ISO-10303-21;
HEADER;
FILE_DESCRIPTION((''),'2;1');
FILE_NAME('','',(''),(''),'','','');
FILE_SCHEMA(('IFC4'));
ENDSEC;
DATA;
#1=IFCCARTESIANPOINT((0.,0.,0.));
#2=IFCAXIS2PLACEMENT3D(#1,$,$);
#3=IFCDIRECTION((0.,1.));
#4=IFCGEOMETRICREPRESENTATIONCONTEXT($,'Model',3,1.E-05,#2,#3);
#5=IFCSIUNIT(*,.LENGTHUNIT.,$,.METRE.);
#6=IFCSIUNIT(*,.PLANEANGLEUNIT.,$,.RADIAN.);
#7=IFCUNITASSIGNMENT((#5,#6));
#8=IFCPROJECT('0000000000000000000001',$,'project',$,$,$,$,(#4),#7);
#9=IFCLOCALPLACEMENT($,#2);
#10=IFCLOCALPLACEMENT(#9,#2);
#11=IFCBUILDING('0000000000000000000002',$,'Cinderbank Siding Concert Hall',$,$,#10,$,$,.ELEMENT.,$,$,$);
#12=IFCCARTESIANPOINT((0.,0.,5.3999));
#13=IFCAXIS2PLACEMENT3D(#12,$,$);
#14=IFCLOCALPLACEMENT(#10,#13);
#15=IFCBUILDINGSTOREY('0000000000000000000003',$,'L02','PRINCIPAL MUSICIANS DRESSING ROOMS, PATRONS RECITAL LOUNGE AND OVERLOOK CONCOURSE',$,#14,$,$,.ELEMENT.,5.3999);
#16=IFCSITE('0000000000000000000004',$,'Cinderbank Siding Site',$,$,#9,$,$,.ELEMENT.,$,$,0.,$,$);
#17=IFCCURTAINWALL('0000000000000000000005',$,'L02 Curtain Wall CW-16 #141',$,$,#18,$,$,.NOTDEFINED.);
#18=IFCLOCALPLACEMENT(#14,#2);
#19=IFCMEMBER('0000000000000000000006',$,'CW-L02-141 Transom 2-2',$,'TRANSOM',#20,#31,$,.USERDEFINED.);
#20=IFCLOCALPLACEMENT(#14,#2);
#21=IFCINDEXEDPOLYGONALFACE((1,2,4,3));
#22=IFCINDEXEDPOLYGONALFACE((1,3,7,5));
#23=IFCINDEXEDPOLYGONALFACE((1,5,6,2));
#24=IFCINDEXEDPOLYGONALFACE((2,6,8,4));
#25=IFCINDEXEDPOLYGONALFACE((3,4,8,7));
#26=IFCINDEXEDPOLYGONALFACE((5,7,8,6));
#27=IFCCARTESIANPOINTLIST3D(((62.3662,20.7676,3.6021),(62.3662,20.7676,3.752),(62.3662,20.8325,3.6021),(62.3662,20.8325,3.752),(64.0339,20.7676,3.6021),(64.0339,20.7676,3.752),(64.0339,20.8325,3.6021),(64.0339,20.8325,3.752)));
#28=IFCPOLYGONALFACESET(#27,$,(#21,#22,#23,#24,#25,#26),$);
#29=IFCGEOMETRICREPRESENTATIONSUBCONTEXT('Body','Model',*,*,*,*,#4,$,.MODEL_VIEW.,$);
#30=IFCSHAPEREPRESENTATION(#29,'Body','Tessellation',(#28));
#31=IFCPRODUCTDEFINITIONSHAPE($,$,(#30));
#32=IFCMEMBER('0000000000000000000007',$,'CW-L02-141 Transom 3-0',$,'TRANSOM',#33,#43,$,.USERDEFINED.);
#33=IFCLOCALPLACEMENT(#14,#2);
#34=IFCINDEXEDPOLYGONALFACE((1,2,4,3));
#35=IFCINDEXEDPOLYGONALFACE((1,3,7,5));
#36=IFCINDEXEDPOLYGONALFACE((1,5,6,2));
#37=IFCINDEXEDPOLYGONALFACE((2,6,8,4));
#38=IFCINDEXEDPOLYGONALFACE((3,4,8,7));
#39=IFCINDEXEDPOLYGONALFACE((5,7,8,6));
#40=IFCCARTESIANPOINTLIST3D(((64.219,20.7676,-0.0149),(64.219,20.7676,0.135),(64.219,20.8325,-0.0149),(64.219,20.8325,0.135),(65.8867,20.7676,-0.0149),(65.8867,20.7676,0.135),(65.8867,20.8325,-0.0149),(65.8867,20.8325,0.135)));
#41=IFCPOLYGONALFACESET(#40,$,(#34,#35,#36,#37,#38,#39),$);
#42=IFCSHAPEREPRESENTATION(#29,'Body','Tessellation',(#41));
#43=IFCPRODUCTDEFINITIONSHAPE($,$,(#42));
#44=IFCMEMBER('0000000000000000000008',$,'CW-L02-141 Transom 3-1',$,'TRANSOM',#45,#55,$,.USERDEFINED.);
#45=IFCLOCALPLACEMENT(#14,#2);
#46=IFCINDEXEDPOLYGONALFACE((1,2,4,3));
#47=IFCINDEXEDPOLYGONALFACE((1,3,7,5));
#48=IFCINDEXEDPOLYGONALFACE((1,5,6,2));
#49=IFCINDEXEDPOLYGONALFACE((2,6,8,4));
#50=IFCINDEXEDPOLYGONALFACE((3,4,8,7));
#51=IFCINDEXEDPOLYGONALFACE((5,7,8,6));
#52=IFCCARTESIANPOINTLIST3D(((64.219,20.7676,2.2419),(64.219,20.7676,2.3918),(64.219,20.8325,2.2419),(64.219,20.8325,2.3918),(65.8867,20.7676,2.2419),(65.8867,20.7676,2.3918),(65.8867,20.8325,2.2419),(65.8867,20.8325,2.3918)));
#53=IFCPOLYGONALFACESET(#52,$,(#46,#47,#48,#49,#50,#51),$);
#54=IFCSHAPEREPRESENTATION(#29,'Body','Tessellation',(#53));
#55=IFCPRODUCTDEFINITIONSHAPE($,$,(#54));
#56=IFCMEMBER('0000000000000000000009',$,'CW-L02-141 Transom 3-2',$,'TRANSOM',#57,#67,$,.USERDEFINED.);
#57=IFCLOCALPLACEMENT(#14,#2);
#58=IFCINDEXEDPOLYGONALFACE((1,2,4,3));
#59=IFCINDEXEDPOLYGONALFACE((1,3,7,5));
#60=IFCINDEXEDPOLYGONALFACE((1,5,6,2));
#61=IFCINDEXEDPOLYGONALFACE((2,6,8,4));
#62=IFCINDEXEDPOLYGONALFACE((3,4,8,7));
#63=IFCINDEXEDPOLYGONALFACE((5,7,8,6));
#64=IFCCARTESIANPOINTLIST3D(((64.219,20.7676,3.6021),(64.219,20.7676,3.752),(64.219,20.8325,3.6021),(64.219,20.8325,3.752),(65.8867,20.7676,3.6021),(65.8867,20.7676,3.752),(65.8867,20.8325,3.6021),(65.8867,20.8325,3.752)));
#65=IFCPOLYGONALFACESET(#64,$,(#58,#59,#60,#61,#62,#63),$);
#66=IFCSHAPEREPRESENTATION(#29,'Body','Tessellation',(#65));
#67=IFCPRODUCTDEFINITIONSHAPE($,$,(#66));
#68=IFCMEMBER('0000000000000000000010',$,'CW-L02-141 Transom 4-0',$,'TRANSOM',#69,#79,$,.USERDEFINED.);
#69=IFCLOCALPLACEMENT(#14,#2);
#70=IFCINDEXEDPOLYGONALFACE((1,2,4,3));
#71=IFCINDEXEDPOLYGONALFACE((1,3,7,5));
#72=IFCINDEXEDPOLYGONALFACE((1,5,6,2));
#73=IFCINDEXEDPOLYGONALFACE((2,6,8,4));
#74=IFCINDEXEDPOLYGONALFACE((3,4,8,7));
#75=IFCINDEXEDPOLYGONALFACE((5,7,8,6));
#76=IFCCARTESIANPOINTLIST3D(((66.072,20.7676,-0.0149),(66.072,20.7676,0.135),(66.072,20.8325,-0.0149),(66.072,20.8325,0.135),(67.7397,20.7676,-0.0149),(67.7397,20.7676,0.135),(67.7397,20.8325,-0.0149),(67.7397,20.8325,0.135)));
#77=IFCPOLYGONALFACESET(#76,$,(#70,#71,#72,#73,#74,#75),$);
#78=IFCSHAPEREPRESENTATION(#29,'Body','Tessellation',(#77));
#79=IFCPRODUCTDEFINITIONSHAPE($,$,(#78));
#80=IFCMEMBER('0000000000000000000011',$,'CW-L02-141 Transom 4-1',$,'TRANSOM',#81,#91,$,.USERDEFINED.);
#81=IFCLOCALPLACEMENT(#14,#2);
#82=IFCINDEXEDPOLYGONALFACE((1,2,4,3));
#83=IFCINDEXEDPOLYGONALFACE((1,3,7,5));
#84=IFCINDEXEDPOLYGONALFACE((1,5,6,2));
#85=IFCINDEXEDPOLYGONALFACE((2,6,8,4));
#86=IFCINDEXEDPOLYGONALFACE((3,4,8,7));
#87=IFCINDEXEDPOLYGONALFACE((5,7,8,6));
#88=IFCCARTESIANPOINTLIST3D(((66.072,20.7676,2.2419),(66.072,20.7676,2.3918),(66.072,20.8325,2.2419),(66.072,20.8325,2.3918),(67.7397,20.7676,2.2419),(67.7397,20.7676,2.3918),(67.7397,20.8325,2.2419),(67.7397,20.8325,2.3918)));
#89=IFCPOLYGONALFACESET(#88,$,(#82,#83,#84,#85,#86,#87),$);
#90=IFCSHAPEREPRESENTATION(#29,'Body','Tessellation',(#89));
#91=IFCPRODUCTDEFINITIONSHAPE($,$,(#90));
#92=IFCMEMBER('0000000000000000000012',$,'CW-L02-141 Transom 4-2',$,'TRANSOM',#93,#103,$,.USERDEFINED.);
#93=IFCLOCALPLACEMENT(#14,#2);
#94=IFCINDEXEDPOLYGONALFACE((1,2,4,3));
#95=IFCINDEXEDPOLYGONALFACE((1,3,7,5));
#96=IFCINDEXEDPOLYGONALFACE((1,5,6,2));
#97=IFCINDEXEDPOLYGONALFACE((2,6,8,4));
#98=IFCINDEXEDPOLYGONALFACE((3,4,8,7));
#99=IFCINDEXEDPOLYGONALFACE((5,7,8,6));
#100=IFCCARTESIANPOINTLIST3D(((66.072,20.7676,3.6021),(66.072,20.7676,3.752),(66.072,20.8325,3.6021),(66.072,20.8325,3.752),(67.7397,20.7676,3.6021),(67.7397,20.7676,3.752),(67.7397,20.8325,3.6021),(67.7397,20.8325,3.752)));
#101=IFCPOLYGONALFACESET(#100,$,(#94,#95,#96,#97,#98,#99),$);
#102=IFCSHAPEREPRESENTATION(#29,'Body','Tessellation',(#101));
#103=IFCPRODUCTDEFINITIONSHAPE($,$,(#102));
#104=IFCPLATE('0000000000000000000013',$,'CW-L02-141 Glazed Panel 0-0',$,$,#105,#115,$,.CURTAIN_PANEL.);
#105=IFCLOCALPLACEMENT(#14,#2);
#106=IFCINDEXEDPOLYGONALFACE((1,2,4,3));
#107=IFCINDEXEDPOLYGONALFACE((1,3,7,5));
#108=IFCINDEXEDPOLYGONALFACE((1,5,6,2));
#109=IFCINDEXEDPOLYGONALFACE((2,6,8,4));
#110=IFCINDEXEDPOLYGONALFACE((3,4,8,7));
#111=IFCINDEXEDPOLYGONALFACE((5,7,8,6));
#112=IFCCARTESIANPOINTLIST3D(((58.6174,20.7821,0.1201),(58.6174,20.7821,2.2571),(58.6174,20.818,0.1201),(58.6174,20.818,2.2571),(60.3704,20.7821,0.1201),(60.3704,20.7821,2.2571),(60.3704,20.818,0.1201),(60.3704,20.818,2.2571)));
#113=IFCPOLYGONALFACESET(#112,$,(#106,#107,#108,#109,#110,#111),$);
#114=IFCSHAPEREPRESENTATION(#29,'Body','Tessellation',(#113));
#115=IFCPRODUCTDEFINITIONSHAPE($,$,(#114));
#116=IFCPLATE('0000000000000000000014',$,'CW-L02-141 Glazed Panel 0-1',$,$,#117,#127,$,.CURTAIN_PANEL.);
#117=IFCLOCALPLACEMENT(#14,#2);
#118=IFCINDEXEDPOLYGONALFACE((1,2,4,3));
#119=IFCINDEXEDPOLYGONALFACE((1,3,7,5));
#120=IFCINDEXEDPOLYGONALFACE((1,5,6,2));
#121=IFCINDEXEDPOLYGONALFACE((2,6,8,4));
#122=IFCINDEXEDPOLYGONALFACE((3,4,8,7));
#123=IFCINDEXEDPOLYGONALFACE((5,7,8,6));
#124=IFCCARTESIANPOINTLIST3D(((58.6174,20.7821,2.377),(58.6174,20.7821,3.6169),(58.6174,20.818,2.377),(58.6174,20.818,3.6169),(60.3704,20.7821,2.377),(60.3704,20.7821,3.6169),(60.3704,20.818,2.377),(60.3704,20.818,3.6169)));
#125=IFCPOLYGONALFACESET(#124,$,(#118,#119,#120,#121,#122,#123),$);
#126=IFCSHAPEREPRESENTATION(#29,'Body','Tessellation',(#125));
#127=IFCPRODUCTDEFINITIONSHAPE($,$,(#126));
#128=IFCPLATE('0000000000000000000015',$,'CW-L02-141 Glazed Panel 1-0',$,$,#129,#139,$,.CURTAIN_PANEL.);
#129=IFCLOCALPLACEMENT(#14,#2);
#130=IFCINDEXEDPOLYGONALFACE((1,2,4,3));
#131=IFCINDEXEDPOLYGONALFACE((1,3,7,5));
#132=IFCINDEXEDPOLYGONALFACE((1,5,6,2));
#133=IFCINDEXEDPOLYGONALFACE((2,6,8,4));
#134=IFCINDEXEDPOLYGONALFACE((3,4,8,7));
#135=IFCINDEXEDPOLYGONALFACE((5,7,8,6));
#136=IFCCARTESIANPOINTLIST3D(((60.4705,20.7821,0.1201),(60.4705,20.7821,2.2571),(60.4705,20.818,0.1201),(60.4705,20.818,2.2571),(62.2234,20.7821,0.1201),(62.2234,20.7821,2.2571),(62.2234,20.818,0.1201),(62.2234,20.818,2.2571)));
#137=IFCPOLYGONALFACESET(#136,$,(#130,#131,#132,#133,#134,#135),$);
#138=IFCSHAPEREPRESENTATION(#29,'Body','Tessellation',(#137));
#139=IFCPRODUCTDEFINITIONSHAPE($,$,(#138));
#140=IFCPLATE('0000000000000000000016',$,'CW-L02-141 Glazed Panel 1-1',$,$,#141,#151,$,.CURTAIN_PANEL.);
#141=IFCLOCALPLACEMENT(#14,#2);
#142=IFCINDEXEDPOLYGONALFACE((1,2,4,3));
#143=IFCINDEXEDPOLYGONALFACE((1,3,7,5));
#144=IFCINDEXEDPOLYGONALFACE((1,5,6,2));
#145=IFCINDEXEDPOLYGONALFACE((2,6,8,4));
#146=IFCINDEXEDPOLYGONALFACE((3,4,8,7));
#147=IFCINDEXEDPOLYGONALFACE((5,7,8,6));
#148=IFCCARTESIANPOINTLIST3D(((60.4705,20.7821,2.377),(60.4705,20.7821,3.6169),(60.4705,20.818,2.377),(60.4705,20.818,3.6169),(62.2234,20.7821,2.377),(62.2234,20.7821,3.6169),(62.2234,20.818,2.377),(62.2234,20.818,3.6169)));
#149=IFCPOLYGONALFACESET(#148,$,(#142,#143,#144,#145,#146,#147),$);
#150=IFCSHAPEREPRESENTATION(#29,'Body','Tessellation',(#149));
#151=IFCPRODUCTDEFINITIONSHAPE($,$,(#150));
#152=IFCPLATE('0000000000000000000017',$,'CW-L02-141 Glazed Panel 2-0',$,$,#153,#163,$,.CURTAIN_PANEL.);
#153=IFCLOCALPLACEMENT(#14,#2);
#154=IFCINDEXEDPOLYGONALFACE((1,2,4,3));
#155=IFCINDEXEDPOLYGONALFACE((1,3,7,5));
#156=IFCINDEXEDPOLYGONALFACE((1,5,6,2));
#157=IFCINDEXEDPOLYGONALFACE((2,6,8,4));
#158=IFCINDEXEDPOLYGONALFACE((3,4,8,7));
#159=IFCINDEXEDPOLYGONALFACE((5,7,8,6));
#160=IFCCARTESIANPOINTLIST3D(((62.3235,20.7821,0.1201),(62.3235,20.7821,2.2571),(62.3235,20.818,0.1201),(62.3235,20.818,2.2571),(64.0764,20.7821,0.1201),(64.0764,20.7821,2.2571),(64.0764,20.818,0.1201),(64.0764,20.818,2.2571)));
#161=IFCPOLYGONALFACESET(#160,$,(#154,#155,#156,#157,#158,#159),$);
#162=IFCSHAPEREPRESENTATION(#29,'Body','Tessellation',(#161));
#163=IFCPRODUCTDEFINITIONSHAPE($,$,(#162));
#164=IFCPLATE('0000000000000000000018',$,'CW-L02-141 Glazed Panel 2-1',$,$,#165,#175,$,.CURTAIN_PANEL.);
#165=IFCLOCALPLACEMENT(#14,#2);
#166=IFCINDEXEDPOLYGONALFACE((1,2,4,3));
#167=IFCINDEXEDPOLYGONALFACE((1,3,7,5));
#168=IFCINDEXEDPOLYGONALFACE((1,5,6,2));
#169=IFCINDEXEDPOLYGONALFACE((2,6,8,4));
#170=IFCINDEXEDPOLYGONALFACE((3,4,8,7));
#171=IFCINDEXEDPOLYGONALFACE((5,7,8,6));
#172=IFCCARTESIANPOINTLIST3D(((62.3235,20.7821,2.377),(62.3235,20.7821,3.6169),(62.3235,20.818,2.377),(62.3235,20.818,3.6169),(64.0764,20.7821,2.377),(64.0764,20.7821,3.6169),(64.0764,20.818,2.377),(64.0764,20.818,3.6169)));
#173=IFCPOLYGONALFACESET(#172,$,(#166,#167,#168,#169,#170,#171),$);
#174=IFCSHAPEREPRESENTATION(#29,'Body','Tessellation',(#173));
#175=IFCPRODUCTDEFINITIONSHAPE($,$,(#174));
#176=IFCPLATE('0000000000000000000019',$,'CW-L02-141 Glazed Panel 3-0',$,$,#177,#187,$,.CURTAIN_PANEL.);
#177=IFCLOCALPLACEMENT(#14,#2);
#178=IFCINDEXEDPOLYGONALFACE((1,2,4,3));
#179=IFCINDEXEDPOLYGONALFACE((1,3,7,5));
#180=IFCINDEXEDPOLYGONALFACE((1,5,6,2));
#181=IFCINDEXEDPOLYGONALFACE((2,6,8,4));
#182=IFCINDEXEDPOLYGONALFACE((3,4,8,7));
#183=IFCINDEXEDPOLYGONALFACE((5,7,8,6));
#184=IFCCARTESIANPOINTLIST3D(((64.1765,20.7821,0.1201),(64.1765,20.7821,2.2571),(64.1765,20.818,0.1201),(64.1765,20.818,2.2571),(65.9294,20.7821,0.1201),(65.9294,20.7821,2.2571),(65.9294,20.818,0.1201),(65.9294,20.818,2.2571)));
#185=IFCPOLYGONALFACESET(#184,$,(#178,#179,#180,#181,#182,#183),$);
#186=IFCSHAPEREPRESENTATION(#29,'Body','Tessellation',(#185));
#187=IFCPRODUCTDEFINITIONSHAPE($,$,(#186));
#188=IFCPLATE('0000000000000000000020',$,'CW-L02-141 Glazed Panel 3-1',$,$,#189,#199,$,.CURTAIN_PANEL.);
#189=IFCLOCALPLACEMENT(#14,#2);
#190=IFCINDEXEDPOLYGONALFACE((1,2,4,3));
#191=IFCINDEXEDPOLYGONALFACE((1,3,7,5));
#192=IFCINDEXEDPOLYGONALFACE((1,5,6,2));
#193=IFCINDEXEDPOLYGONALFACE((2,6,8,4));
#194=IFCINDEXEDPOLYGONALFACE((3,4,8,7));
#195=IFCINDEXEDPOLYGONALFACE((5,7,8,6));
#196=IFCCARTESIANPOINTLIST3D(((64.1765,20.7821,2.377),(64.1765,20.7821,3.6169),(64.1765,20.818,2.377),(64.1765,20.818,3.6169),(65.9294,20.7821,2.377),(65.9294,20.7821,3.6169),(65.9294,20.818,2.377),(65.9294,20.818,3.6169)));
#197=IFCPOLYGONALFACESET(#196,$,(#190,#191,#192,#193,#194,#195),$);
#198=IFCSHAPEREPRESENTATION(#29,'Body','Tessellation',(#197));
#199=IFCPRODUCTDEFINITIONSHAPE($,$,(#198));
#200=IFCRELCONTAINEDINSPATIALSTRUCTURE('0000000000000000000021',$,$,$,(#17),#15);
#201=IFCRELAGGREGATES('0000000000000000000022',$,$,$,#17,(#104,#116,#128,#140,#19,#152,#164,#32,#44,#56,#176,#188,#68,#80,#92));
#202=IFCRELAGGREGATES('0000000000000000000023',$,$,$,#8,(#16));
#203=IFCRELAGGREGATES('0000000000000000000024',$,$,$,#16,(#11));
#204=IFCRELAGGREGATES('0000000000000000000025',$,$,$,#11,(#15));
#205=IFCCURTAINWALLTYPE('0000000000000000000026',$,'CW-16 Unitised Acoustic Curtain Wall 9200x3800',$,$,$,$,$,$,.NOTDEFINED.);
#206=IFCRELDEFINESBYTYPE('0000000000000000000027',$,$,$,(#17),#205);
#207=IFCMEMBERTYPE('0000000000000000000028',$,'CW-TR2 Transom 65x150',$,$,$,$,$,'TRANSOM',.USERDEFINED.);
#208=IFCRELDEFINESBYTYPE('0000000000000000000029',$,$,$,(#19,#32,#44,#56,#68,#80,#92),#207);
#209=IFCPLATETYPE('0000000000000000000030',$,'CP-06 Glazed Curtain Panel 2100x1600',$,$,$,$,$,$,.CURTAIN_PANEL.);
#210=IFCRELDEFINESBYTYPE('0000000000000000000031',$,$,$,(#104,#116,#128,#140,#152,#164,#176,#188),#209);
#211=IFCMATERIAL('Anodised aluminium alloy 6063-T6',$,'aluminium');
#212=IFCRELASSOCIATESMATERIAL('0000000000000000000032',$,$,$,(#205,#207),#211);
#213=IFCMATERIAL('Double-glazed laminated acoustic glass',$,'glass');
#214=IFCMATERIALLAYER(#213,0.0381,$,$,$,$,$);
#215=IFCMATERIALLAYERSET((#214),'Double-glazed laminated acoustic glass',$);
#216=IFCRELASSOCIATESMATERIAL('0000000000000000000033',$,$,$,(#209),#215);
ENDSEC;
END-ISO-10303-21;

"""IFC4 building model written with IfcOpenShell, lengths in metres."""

from ifc_helpers import new_model, si_unit, direction, frame, origin, origin_2d, place, context, subcontext, project, spatial, rectangle, extrude, material, layer, layer_set, material_profile, profile_set, type_object, element, aggregate, save


model = new_model("IFC4")

# Units and contexts
model_context = context("Model", 3, precision=1e-05, world=origin(), true_north=direction((0.0, 1.0)))
body_context = subcontext(model_context, "Body", "Model", "MODEL_VIEW")
ifc_project = project(units=[si_unit("LENGTHUNIT", "METRE"), si_unit("PLANEANGLEUNIT", "RADIAN")], contexts=[model_context])

# Site, building, storey
site_placement = place(None, origin())
site = spatial("IfcSite", under=ifc_project, at=site_placement, Name="Cinderbank Siding Site", CompositionType="ELEMENT", RefElevation=0.0)
building_placement = place(site_placement, origin())
building = spatial("IfcBuilding", under=site, at=building_placement, Name="Cinderbank Siding Concert Hall", CompositionType="ELEMENT")
storey_placement = place(building_placement, frame((0.0, 0.0, 5.3999)))
storey = spatial("IfcBuildingStorey", under=building, at=storey_placement, Name="L02", Description="PRINCIPAL MUSICIANS DRESSING ROOMS, PATRONS RECITAL LOUNGE AND OVERLOOK CONCOURSE", CompositionType="ELEMENT", Elevation=5.3999)

# Curtain wall, members, plates
ifc_material_1 = material(Name="Anodised aluminium alloy 6063-T6", Category="aluminium")
curtain_wall_type = type_object("IfcCurtainWallType", Name="CW-16 Unitised Acoustic Curtain Wall 9200x3800", PredefinedType="NOTDEFINED", material=ifc_material_1)
curtain_wall_placement = place(storey_placement, origin())
curtain_wall = element("IfcCurtainWall", 1, at=curtain_wall_placement, inside=storey, type_object=curtain_wall_type, Name="L02 Curtain Wall CW-16 #141", PredefinedType="NOTDEFINED")
ifc_material_profile_1 = material_profile(ifc_material_1, rectangle(XDim=0.0649, YDim=0.1499, at=origin_2d()), Name="ALU-TRAN-65x150", Category="LoadBearing")
ifc_profile_set_1 = profile_set([ifc_material_profile_1], Name="Anodised aluminium alloy 6063-T6")
member_type_1 = type_object("IfcMemberType", Name="CW-TR2 Transom 65x150", ElementType="TRANSOM", PredefinedType="USERDEFINED", material=ifc_profile_set_1)
member_1_placement = place(storey_placement, frame((62.3662, 20.8, 3.677), z_axis=(1.0, 0.0, 0.0), x_axis=(0.0, 1.0, 0.0)))
member_1 = element("IfcMember", 2, at=member_1_placement, type_object=member_type_1, Name="CW-L02-141 Transom 2-2", ObjectType="TRANSOM", PredefinedType="USERDEFINED", context=body_context, shape_type="SweptSolid", body=[
    extrude(rectangle(XDim=0.0649, YDim=0.1499, at=origin_2d()), origin(), (0.0, 0.0, 1.0), 1.6677),
])
member_2_placement = place(storey_placement, frame((64.219, 20.8, 0.0601), z_axis=(1.0, 0.0, 0.0), x_axis=(0.0, 1.0, 0.0)))
member_2 = element("IfcMember", 3, at=member_2_placement, type_object=member_type_1, Name="CW-L02-141 Transom 3-0", ObjectType="TRANSOM", PredefinedType="USERDEFINED", context=body_context, shape_type="SweptSolid", body=[
    extrude(rectangle(XDim=0.0649, YDim=0.1499, at=origin_2d()), origin(), (0.0, 0.0, 1.0), 1.6677),
])
member_3_placement = place(storey_placement, frame((64.219, 20.8, 2.3169), z_axis=(1.0, 0.0, 0.0), x_axis=(0.0, 1.0, 0.0)))
member_3 = element("IfcMember", 4, at=member_3_placement, type_object=member_type_1, Name="CW-L02-141 Transom 3-1", ObjectType="TRANSOM", PredefinedType="USERDEFINED", context=body_context, shape_type="SweptSolid", body=[
    extrude(rectangle(XDim=0.0649, YDim=0.1499, at=origin_2d()), origin(), (0.0, 0.0, 1.0), 1.6677),
])
member_4_placement = place(storey_placement, frame((64.219, 20.8, 3.677), z_axis=(1.0, 0.0, 0.0), x_axis=(0.0, 1.0, 0.0)))
member_4 = element("IfcMember", 5, at=member_4_placement, type_object=member_type_1, Name="CW-L02-141 Transom 3-2", ObjectType="TRANSOM", PredefinedType="USERDEFINED", context=body_context, shape_type="SweptSolid", body=[
    extrude(rectangle(XDim=0.0649, YDim=0.1499, at=origin_2d()), origin(), (0.0, 0.0, 1.0), 1.6677),
])
member_5_placement = place(storey_placement, frame((66.072, 20.8, 0.0601), z_axis=(1.0, 0.0, 0.0), x_axis=(0.0, 1.0, 0.0)))
member_5 = element("IfcMember", 6, at=member_5_placement, type_object=member_type_1, Name="CW-L02-141 Transom 4-0", ObjectType="TRANSOM", PredefinedType="USERDEFINED", context=body_context, shape_type="SweptSolid", body=[
    extrude(rectangle(XDim=0.0649, YDim=0.1499, at=origin_2d()), origin(), (0.0, 0.0, 1.0), 1.6677),
])
member_6_placement = place(storey_placement, frame((66.072, 20.8, 2.3169), z_axis=(1.0, 0.0, 0.0), x_axis=(0.0, 1.0, 0.0)))
member_6 = element("IfcMember", 7, at=member_6_placement, type_object=member_type_1, Name="CW-L02-141 Transom 4-1", ObjectType="TRANSOM", PredefinedType="USERDEFINED", context=body_context, shape_type="SweptSolid", body=[
    extrude(rectangle(XDim=0.0649, YDim=0.1499, at=origin_2d()), origin(), (0.0, 0.0, 1.0), 1.6677),
])
member_7_placement = place(storey_placement, frame((66.072, 20.8, 3.677), z_axis=(1.0, 0.0, 0.0), x_axis=(0.0, 1.0, 0.0)))
member_7 = element("IfcMember", 8, at=member_7_placement, type_object=member_type_1, Name="CW-L02-141 Transom 4-2", ObjectType="TRANSOM", PredefinedType="USERDEFINED", context=body_context, shape_type="SweptSolid", body=[
    extrude(rectangle(XDim=0.0649, YDim=0.1499, at=origin_2d()), origin(), (0.0, 0.0, 1.0), 1.6677),
])
ifc_material_2 = material(Name="Double-glazed laminated acoustic glass", Category="glass")
ifc_layer_1 = layer(ifc_material_2, 0.0381)
ifc_layer_set_1 = layer_set([ifc_layer_1], Name="Double-glazed laminated acoustic glass")
plate_type = type_object("IfcPlateType", Name="CP-06 Glazed Curtain Panel 2100x1600", PredefinedType="CURTAIN_PANEL", material=ifc_layer_set_1)
plate_1_placement = place(storey_placement, frame((59.4939, 20.8, 0.1201), z_axis=(0.0, 0.0, 1.0), x_axis=(1.0, 0.0, 0.0)))
plate_1 = element("IfcPlate", 9, at=plate_1_placement, type_object=plate_type, Name="CW-L02-141 Glazed Panel 0-0", PredefinedType="CURTAIN_PANEL", context=body_context, shape_type="SweptSolid", body=[
    extrude(rectangle(XDim=1.7529, YDim=0.0359, at=origin_2d()), origin(), (0.0, 0.0, 1.0), 2.137),
])
plate_2_placement = place(storey_placement, frame((59.4939, 20.8, 2.377), z_axis=(0.0, 0.0, 1.0), x_axis=(1.0, 0.0, 0.0)))
plate_2 = element("IfcPlate", 10, at=plate_2_placement, type_object=plate_type, Name="CW-L02-141 Glazed Panel 0-1", PredefinedType="CURTAIN_PANEL", context=body_context, shape_type="SweptSolid", body=[
    extrude(rectangle(XDim=1.7529, YDim=0.0359, at=origin_2d()), origin(), (0.0, 0.0, 1.0), 1.24),
])
plate_3_placement = place(storey_placement, frame((61.3469, 20.8, 0.1201), z_axis=(0.0, 0.0, 1.0), x_axis=(1.0, 0.0, 0.0)))
plate_3 = element("IfcPlate", 11, at=plate_3_placement, type_object=plate_type, Name="CW-L02-141 Glazed Panel 1-0", PredefinedType="CURTAIN_PANEL", context=body_context, shape_type="SweptSolid", body=[
    extrude(rectangle(XDim=1.7529, YDim=0.0359, at=origin_2d()), origin(), (0.0, 0.0, 1.0), 2.137),
])
plate_4_placement = place(storey_placement, frame((61.3469, 20.8, 2.377), z_axis=(0.0, 0.0, 1.0), x_axis=(1.0, 0.0, 0.0)))
plate_4 = element("IfcPlate", 12, at=plate_4_placement, type_object=plate_type, Name="CW-L02-141 Glazed Panel 1-1", PredefinedType="CURTAIN_PANEL", context=body_context, shape_type="SweptSolid", body=[
    extrude(rectangle(XDim=1.7529, YDim=0.0359, at=origin_2d()), origin(), (0.0, 0.0, 1.0), 1.24),
])
plate_5_placement = place(storey_placement, frame((63.2, 20.8, 0.1201), z_axis=(0.0, 0.0, 1.0), x_axis=(1.0, 0.0, 0.0)))
plate_5 = element("IfcPlate", 13, at=plate_5_placement, type_object=plate_type, Name="CW-L02-141 Glazed Panel 2-0", PredefinedType="CURTAIN_PANEL", context=body_context, shape_type="SweptSolid", body=[
    extrude(rectangle(XDim=1.7529, YDim=0.0359, at=origin_2d()), origin(), (0.0, 0.0, 1.0), 2.137),
])
plate_6_placement = place(storey_placement, frame((63.2, 20.8, 2.377), z_axis=(0.0, 0.0, 1.0), x_axis=(1.0, 0.0, 0.0)))
plate_6 = element("IfcPlate", 14, at=plate_6_placement, type_object=plate_type, Name="CW-L02-141 Glazed Panel 2-1", PredefinedType="CURTAIN_PANEL", context=body_context, shape_type="SweptSolid", body=[
    extrude(rectangle(XDim=1.7529, YDim=0.0359, at=origin_2d()), origin(), (0.0, 0.0, 1.0), 1.24),
])
plate_7_placement = place(storey_placement, frame((65.053, 20.8, 0.1201), z_axis=(0.0, 0.0, 1.0), x_axis=(1.0, 0.0, 0.0)))
plate_7 = element("IfcPlate", 15, at=plate_7_placement, type_object=plate_type, Name="CW-L02-141 Glazed Panel 3-0", PredefinedType="CURTAIN_PANEL", context=body_context, shape_type="SweptSolid", body=[
    extrude(rectangle(XDim=1.7529, YDim=0.0359, at=origin_2d()), origin(), (0.0, 0.0, 1.0), 2.137),
])
plate_8_placement = place(storey_placement, frame((65.053, 20.8, 2.377), z_axis=(0.0, 0.0, 1.0), x_axis=(1.0, 0.0, 0.0)))
plate_8 = element("IfcPlate", 16, at=plate_8_placement, type_object=plate_type, Name="CW-L02-141 Glazed Panel 3-1", PredefinedType="CURTAIN_PANEL", context=body_context, shape_type="SweptSolid", body=[
    extrude(rectangle(XDim=1.7529, YDim=0.0359, at=origin_2d()), origin(), (0.0, 0.0, 1.0), 1.24),
])
aggregate(curtain_wall, [plate_1, plate_2, plate_3, plate_4, member_1, plate_5, plate_6, member_2, member_3, member_4, plate_7, plate_8, member_5, member_6, member_7])

save(model, "model.ifc")
